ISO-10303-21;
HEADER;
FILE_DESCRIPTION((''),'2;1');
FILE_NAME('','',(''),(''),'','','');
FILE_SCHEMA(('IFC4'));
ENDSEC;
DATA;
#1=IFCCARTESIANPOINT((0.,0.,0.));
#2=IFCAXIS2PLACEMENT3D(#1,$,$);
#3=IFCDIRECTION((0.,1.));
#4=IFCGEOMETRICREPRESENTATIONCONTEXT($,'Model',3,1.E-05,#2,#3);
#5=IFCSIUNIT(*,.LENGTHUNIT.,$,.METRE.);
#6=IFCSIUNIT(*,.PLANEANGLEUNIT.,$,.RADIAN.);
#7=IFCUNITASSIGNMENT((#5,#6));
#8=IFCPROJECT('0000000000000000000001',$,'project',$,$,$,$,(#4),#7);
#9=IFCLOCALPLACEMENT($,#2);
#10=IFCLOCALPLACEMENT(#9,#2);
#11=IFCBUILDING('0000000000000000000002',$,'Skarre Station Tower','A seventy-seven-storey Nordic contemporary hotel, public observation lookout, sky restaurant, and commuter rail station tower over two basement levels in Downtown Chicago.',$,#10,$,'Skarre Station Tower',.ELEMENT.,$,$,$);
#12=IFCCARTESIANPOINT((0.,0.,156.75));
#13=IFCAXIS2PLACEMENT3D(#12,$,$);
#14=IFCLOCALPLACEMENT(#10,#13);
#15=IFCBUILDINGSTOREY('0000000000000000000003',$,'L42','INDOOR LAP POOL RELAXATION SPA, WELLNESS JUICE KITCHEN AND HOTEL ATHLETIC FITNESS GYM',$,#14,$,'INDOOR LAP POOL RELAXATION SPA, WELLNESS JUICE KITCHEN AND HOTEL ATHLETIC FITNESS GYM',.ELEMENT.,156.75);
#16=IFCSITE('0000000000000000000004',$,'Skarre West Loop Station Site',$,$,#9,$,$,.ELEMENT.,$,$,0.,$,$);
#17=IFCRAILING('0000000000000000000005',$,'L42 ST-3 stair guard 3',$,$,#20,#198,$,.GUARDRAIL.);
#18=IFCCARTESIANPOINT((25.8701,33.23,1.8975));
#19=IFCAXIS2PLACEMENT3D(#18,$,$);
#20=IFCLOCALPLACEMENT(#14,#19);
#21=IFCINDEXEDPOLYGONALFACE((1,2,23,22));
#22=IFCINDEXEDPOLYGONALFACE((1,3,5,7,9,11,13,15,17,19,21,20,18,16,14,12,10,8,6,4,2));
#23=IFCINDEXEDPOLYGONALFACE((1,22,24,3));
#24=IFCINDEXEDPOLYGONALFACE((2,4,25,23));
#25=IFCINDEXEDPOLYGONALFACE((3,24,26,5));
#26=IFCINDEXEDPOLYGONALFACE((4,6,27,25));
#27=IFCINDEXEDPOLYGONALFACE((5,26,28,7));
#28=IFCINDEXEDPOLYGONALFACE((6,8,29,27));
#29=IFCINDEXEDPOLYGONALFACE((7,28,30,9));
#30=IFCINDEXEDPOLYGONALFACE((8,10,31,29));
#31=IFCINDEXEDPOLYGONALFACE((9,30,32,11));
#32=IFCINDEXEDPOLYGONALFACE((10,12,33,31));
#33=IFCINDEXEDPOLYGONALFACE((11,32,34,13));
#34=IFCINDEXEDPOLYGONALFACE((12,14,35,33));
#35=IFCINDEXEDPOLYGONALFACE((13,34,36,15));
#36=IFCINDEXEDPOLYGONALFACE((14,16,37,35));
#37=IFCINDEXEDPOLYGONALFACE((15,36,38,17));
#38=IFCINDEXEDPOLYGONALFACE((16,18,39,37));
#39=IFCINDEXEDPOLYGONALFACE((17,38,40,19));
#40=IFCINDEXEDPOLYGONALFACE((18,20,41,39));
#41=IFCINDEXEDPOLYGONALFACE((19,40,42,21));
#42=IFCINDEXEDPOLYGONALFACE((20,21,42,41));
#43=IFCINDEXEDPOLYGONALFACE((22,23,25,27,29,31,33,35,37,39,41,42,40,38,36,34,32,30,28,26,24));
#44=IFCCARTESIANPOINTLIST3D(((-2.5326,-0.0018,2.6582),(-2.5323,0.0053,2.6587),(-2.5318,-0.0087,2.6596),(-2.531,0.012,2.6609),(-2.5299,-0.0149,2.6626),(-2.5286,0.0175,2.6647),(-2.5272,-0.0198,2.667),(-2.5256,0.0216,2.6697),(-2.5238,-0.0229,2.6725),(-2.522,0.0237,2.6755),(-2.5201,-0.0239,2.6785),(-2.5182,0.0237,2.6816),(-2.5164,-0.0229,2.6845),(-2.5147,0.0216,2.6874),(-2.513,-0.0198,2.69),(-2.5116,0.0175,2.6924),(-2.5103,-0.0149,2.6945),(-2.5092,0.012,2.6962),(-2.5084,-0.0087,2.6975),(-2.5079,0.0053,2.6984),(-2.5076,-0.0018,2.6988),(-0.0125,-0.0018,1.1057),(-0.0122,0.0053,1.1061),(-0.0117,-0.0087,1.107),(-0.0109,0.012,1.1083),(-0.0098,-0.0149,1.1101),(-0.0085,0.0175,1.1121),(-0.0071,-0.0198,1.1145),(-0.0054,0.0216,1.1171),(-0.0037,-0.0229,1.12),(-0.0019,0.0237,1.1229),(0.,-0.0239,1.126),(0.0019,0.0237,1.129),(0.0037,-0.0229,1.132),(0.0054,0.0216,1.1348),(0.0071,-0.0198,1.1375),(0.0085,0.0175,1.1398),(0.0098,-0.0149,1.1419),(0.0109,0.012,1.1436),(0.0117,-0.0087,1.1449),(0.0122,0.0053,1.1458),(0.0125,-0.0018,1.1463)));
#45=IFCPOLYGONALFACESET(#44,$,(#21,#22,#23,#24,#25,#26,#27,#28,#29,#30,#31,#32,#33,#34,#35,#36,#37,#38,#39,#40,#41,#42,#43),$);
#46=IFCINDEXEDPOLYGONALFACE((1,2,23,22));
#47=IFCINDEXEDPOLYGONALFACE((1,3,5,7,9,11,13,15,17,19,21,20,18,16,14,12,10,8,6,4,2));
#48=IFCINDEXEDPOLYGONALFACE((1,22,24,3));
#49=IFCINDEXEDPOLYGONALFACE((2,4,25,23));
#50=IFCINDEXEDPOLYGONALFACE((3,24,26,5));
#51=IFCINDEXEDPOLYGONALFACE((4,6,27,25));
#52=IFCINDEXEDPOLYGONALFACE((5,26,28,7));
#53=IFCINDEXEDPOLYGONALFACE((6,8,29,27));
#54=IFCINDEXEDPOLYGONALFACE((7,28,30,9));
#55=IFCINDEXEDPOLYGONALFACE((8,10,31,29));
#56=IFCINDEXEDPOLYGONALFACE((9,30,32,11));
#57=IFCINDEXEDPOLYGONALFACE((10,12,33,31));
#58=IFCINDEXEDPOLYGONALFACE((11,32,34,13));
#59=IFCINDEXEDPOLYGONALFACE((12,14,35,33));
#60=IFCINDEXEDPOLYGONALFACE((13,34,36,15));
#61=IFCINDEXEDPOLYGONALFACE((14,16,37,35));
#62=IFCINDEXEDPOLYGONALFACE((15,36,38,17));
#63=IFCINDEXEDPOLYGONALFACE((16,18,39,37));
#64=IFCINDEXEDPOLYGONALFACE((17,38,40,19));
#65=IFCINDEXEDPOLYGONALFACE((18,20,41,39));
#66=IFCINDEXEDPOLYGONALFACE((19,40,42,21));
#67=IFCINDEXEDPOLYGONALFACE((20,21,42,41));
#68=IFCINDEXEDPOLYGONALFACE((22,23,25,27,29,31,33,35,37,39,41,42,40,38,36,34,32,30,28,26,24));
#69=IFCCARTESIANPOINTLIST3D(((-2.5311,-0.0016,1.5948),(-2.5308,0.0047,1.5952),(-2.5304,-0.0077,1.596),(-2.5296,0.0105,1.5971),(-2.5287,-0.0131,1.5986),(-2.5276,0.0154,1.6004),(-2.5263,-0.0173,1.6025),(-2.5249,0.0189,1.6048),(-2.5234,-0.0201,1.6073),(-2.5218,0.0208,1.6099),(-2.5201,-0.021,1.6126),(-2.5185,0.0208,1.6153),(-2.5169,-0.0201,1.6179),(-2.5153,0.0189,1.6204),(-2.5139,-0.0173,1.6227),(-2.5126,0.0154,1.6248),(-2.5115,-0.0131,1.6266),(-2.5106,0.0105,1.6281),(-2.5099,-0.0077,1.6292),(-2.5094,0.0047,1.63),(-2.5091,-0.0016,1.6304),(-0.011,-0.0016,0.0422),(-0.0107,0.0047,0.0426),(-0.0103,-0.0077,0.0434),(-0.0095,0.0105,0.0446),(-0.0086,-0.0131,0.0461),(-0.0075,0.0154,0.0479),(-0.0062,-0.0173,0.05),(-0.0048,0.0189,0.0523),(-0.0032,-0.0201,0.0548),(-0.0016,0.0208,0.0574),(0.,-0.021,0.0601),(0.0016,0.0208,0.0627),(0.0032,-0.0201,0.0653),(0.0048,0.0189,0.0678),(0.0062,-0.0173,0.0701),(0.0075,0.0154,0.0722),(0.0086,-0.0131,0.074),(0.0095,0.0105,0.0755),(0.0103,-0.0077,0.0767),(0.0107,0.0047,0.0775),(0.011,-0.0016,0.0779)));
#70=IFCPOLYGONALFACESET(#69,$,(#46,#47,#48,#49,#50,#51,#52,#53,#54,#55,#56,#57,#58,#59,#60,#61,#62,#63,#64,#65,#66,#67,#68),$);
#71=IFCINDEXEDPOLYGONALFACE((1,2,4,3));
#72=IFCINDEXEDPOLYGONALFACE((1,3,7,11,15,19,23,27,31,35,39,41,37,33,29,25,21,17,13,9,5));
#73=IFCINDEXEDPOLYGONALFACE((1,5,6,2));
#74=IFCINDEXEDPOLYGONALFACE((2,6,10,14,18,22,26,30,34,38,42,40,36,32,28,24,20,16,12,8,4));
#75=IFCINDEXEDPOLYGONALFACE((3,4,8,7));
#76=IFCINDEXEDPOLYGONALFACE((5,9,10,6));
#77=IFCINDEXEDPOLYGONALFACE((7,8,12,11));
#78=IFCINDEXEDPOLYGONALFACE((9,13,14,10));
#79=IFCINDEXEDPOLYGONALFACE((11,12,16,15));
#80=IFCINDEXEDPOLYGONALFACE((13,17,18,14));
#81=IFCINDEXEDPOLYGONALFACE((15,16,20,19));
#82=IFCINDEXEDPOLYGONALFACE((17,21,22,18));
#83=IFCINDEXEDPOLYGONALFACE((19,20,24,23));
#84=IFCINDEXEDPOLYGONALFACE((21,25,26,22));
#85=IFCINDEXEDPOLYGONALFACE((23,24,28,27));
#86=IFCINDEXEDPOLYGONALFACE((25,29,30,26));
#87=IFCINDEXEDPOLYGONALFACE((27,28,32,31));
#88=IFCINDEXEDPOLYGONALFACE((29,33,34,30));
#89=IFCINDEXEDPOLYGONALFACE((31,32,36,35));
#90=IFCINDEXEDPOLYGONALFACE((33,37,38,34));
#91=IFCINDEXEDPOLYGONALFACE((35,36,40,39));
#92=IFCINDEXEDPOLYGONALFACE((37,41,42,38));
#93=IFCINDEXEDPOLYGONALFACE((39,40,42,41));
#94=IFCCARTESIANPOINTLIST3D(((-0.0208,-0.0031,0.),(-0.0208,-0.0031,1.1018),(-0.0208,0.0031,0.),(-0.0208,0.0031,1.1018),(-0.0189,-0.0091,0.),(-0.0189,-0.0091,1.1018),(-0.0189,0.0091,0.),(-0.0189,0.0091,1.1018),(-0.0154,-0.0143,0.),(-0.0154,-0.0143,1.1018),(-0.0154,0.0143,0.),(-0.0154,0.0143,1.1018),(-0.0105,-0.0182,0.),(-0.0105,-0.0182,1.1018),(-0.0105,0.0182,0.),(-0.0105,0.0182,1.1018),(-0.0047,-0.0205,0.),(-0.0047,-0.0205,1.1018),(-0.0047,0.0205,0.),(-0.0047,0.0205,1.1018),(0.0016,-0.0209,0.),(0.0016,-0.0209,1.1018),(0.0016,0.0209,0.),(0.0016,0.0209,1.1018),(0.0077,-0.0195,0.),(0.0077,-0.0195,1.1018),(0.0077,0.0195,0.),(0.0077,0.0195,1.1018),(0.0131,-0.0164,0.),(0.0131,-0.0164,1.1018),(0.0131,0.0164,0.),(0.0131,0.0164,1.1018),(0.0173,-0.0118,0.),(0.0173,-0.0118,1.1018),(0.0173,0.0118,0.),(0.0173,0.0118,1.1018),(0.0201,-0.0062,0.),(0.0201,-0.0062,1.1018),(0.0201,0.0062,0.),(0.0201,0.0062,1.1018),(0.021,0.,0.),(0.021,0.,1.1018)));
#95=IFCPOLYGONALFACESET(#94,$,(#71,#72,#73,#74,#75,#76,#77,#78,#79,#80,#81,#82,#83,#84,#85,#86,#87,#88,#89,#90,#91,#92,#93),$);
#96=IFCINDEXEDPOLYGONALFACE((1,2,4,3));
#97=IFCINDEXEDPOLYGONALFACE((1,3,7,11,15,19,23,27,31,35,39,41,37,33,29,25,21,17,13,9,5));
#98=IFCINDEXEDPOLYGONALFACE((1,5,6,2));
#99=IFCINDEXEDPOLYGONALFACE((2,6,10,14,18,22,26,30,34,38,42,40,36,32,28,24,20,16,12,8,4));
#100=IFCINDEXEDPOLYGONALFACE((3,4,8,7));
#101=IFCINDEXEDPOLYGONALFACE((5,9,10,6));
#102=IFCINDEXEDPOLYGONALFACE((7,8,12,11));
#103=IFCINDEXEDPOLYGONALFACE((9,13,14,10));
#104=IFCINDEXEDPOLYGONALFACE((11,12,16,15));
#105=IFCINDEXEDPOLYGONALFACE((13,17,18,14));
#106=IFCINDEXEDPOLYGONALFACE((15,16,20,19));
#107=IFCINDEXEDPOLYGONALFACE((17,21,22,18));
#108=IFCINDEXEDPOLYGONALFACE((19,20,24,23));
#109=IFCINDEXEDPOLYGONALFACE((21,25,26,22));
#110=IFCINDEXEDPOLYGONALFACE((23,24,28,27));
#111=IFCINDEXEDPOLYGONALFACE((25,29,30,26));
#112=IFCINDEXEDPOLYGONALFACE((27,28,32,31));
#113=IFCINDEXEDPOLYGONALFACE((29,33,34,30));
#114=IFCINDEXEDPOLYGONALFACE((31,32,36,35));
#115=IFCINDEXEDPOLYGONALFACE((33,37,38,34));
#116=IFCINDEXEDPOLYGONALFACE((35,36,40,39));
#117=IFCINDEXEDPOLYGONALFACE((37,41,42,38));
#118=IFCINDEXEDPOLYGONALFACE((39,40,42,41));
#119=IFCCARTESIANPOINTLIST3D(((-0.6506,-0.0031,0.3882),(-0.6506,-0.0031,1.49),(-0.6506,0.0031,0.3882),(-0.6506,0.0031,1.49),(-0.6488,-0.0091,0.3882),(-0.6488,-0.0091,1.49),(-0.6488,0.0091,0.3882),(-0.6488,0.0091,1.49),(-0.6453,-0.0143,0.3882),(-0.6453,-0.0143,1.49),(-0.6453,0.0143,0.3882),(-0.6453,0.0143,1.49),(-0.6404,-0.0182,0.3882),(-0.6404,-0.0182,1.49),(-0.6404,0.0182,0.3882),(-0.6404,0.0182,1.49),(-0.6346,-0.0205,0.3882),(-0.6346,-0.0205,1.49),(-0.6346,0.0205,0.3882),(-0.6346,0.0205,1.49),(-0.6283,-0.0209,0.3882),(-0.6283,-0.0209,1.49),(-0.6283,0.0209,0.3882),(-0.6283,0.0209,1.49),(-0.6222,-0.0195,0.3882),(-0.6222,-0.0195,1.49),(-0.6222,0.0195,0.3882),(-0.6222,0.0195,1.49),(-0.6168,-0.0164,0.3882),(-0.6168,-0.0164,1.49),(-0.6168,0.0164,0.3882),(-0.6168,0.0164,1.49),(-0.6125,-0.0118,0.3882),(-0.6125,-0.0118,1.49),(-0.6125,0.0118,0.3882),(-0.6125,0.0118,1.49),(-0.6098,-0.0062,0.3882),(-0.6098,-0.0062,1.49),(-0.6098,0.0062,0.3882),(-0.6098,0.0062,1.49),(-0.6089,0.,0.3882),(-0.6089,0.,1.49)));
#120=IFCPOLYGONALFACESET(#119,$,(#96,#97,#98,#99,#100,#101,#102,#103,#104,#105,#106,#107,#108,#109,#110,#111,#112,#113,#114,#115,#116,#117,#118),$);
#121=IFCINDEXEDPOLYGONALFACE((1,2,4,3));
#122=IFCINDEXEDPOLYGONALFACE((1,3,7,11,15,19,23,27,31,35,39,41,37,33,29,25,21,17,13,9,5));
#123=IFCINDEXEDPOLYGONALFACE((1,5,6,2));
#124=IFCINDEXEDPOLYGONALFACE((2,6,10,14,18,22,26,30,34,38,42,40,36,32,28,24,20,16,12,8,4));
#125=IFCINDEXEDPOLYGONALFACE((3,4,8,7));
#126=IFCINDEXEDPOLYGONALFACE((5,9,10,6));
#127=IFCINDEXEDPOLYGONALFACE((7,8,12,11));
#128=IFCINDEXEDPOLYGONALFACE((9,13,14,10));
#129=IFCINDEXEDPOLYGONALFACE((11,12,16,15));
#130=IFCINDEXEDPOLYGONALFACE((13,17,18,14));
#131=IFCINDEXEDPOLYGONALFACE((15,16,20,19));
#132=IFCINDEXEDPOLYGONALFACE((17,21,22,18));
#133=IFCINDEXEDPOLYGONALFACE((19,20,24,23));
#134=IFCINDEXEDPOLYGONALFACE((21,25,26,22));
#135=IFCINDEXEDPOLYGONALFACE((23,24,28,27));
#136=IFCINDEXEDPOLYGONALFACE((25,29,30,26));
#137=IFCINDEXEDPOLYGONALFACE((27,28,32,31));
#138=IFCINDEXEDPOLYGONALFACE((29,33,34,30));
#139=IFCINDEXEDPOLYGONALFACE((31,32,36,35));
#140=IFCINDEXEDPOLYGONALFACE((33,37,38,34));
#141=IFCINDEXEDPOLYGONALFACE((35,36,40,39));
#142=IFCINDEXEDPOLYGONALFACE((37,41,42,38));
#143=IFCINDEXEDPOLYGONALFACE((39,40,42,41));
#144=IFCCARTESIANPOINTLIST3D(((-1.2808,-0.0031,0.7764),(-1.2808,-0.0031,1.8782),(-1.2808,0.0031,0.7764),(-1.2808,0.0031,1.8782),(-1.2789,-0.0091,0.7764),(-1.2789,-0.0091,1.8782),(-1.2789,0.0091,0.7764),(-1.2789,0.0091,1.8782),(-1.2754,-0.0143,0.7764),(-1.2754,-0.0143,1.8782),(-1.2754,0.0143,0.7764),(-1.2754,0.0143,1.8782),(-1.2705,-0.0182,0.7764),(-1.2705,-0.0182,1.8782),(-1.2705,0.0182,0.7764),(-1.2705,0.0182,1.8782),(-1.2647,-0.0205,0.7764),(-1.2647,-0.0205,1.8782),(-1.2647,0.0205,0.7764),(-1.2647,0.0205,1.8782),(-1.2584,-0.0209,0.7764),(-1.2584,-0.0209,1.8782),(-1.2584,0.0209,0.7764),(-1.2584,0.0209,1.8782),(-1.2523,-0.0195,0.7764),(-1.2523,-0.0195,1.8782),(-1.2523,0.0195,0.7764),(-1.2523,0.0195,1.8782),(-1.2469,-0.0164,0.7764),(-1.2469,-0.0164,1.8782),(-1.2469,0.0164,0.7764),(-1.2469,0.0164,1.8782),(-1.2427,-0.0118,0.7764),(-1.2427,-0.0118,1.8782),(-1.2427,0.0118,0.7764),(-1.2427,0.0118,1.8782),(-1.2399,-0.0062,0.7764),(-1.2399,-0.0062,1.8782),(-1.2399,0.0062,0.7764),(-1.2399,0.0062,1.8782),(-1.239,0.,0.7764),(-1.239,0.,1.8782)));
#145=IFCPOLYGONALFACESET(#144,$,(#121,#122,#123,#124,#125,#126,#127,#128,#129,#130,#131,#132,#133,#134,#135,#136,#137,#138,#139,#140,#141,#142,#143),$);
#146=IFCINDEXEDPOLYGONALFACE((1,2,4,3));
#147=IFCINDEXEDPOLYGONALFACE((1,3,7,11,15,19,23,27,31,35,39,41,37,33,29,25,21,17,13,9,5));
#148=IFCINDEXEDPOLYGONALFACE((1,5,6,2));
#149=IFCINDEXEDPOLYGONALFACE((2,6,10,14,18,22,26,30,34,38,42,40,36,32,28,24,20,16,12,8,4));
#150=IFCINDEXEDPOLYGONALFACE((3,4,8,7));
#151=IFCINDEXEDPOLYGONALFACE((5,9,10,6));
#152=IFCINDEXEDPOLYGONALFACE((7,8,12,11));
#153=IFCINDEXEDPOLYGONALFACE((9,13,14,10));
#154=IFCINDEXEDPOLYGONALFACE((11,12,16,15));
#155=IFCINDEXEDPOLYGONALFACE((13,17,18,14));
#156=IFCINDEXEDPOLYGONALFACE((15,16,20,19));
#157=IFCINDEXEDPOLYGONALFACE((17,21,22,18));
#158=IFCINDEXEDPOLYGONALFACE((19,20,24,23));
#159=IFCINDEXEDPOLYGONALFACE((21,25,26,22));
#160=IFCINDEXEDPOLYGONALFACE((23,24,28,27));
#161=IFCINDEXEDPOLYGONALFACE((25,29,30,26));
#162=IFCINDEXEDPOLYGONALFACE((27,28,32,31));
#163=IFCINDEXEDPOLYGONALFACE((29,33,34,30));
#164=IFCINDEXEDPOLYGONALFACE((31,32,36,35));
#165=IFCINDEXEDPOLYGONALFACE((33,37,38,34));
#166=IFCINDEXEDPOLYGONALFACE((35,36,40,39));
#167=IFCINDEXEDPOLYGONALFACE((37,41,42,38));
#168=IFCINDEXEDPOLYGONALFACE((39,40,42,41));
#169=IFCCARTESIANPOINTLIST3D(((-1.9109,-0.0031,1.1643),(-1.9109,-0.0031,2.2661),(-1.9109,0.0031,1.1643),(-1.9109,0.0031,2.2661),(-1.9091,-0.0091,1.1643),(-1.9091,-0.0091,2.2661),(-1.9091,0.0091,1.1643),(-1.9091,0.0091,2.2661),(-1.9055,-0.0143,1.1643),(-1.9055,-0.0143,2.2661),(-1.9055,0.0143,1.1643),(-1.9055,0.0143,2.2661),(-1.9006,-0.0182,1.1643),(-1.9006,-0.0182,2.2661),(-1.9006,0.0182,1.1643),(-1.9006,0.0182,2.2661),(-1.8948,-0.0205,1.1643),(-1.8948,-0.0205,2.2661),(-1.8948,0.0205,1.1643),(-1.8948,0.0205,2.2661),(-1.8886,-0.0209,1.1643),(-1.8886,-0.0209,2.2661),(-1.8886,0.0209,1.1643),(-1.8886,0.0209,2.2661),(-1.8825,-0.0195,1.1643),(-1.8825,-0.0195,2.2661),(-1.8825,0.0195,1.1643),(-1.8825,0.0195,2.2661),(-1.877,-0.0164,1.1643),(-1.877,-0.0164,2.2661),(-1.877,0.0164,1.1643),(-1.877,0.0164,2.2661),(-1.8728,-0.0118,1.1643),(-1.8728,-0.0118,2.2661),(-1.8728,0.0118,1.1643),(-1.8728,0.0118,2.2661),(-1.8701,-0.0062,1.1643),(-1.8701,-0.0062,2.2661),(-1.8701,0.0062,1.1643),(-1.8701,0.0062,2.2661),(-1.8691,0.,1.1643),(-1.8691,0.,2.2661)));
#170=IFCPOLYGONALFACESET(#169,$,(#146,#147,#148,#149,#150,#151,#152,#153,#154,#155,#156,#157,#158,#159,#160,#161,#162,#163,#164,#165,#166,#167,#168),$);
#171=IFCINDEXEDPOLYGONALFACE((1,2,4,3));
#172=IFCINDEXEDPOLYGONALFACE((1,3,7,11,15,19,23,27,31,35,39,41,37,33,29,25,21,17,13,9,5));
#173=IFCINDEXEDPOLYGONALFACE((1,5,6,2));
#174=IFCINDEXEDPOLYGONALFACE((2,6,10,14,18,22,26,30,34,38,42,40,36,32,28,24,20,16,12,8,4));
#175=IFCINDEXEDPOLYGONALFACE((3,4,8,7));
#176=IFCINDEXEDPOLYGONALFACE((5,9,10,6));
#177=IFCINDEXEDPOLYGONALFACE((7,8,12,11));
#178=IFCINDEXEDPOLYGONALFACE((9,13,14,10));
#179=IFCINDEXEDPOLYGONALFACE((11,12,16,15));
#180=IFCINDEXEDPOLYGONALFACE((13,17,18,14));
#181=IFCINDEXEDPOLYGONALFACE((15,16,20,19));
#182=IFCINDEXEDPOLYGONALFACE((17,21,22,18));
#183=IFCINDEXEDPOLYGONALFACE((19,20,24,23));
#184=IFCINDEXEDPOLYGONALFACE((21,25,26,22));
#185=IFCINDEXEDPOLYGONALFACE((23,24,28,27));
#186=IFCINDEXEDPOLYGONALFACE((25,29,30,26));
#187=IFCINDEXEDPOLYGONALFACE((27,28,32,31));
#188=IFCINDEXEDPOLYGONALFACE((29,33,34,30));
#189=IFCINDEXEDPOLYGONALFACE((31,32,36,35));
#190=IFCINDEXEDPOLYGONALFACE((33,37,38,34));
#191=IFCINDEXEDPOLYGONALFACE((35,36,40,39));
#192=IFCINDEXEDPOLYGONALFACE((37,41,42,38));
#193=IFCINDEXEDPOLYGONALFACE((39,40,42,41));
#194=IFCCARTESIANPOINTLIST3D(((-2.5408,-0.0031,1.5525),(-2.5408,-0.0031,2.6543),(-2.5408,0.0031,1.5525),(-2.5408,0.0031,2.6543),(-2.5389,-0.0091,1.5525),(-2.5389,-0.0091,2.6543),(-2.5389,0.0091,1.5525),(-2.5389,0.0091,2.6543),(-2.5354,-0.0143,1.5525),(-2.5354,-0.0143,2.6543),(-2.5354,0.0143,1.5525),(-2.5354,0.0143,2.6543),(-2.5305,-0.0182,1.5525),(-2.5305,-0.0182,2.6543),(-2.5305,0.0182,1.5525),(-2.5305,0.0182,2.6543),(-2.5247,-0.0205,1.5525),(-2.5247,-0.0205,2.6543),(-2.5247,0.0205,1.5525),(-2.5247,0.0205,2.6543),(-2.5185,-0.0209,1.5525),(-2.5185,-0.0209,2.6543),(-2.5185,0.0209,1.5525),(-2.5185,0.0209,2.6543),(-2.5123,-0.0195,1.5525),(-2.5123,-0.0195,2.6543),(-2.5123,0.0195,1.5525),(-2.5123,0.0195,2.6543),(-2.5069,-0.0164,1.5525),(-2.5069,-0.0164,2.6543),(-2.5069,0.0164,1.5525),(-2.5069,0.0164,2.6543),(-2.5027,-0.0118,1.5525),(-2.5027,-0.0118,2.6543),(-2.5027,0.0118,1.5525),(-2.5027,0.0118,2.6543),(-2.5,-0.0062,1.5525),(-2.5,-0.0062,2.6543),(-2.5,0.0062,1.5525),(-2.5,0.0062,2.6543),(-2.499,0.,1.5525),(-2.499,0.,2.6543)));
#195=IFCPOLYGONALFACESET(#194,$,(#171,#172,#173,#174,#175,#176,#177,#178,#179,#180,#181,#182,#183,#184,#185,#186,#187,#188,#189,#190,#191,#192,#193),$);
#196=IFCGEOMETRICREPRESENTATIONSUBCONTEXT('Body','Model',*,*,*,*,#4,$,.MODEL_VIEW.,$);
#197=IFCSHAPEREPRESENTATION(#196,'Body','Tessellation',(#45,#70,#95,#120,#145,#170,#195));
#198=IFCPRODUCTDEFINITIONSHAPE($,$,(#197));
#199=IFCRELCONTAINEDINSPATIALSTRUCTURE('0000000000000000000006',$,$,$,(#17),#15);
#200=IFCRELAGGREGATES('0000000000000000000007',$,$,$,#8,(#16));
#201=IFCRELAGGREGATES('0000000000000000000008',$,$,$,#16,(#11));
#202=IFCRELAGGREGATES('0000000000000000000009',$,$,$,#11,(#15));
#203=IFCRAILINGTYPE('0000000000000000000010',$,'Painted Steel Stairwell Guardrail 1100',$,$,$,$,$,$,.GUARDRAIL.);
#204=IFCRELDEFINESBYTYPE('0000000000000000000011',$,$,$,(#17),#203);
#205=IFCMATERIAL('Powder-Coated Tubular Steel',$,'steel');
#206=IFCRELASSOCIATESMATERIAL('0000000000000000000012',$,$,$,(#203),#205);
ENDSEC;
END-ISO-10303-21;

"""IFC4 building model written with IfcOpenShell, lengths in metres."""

from ifc_helpers import new_model, si_unit, direction, frame, origin, origin_2d, place, context, subcontext, project, spatial, circle, extrude, material, type_object, element, save


model = new_model("IFC4")

# Units and contexts
model_context = context("Model", 3, precision=1e-05, world=origin(), true_north=direction((0.0, 1.0)))
body_context = subcontext(model_context, "Body", "Model", "MODEL_VIEW")
ifc_project = project(units=[si_unit("LENGTHUNIT", "METRE"), si_unit("PLANEANGLEUNIT", "RADIAN")], contexts=[model_context])

# Site, building, storey
site_placement = place(None, origin())
site = spatial("IfcSite", under=ifc_project, at=site_placement, Name="Skarre West Loop Station Site", CompositionType="ELEMENT", RefElevation=0.0)
building_placement = place(site_placement, origin())
building = spatial("IfcBuilding", under=site, at=building_placement, Name="Skarre Station Tower", Description="A seventy-seven-storey Nordic contemporary hotel, public observation lookout, sky restaurant, and commuter rail station tower over two basement levels in Downtown Chicago.", LongName="Skarre Station Tower", CompositionType="ELEMENT")
storey_placement = place(building_placement, frame((0.0, 0.0, 156.75)))
storey = spatial("IfcBuildingStorey", under=building, at=storey_placement, Name="L42", Description="INDOOR LAP POOL RELAXATION SPA, WELLNESS JUICE KITCHEN AND HOTEL ATHLETIC FITNESS GYM", LongName="INDOOR LAP POOL RELAXATION SPA, WELLNESS JUICE KITCHEN AND HOTEL ATHLETIC FITNESS GYM", CompositionType="ELEMENT", Elevation=156.75)

# Railing
ifc_material_1 = material(Name="Powder-Coated Tubular Steel", Category="steel")
railing_type_1 = type_object("IfcRailingType", Name="Painted Steel Stairwell Guardrail 1100", PredefinedType="GUARDRAIL", material=ifc_material_1)
railing_1_placement = place(storey_placement, frame((25.8701, 33.23, 1.8975)))
element("IfcRailing", 1, at=railing_1_placement, inside=storey, type_object=railing_type_1, Name="L42 ST-3 stair guard 3", PredefinedType="GUARDRAIL", context=body_context, shape_type="SweptSolid", body=[
    extrude(circle(Radius=0.0239, at=origin_2d()), frame((0.0, 0.0, 1.126), z_axis=(-0.8514, 0.0, 0.524516), x_axis=(0.0, -1.0, 0.0)), (0.0, 0.0, 1.0), 2.96),
    extrude(circle(Radius=0.021, at=origin_2d()), frame((0.0, 0.0, 0.0601), z_axis=(-0.8514, 0.0, 0.524516), x_axis=(0.0, -1.0, 0.0)), (0.0, 0.0, 1.0), 2.96),
    extrude(circle(Radius=0.021, at=origin_2d()), origin(), (0.0, 0.0, 1.0), 1.1018),
    extrude(circle(Radius=0.021, at=origin_2d()), frame((-0.6299, 0.0, 0.3882)), (0.0, 0.0, 1.0), 1.1018),
    extrude(circle(Radius=0.021, at=origin_2d()), frame((-1.26, 0.0, 0.7764)), (0.0, 0.0, 1.0), 1.1018),
    extrude(circle(Radius=0.021, at=origin_2d()), frame((-1.8901, 0.0, 1.1643)), (0.0, 0.0, 1.0), 1.1018),
    extrude(circle(Radius=0.021, at=origin_2d()), frame((-2.52, 0.0, 1.5525)), (0.0, 0.0, 1.0), 1.1018),
])

save(model, "model.ifc")
